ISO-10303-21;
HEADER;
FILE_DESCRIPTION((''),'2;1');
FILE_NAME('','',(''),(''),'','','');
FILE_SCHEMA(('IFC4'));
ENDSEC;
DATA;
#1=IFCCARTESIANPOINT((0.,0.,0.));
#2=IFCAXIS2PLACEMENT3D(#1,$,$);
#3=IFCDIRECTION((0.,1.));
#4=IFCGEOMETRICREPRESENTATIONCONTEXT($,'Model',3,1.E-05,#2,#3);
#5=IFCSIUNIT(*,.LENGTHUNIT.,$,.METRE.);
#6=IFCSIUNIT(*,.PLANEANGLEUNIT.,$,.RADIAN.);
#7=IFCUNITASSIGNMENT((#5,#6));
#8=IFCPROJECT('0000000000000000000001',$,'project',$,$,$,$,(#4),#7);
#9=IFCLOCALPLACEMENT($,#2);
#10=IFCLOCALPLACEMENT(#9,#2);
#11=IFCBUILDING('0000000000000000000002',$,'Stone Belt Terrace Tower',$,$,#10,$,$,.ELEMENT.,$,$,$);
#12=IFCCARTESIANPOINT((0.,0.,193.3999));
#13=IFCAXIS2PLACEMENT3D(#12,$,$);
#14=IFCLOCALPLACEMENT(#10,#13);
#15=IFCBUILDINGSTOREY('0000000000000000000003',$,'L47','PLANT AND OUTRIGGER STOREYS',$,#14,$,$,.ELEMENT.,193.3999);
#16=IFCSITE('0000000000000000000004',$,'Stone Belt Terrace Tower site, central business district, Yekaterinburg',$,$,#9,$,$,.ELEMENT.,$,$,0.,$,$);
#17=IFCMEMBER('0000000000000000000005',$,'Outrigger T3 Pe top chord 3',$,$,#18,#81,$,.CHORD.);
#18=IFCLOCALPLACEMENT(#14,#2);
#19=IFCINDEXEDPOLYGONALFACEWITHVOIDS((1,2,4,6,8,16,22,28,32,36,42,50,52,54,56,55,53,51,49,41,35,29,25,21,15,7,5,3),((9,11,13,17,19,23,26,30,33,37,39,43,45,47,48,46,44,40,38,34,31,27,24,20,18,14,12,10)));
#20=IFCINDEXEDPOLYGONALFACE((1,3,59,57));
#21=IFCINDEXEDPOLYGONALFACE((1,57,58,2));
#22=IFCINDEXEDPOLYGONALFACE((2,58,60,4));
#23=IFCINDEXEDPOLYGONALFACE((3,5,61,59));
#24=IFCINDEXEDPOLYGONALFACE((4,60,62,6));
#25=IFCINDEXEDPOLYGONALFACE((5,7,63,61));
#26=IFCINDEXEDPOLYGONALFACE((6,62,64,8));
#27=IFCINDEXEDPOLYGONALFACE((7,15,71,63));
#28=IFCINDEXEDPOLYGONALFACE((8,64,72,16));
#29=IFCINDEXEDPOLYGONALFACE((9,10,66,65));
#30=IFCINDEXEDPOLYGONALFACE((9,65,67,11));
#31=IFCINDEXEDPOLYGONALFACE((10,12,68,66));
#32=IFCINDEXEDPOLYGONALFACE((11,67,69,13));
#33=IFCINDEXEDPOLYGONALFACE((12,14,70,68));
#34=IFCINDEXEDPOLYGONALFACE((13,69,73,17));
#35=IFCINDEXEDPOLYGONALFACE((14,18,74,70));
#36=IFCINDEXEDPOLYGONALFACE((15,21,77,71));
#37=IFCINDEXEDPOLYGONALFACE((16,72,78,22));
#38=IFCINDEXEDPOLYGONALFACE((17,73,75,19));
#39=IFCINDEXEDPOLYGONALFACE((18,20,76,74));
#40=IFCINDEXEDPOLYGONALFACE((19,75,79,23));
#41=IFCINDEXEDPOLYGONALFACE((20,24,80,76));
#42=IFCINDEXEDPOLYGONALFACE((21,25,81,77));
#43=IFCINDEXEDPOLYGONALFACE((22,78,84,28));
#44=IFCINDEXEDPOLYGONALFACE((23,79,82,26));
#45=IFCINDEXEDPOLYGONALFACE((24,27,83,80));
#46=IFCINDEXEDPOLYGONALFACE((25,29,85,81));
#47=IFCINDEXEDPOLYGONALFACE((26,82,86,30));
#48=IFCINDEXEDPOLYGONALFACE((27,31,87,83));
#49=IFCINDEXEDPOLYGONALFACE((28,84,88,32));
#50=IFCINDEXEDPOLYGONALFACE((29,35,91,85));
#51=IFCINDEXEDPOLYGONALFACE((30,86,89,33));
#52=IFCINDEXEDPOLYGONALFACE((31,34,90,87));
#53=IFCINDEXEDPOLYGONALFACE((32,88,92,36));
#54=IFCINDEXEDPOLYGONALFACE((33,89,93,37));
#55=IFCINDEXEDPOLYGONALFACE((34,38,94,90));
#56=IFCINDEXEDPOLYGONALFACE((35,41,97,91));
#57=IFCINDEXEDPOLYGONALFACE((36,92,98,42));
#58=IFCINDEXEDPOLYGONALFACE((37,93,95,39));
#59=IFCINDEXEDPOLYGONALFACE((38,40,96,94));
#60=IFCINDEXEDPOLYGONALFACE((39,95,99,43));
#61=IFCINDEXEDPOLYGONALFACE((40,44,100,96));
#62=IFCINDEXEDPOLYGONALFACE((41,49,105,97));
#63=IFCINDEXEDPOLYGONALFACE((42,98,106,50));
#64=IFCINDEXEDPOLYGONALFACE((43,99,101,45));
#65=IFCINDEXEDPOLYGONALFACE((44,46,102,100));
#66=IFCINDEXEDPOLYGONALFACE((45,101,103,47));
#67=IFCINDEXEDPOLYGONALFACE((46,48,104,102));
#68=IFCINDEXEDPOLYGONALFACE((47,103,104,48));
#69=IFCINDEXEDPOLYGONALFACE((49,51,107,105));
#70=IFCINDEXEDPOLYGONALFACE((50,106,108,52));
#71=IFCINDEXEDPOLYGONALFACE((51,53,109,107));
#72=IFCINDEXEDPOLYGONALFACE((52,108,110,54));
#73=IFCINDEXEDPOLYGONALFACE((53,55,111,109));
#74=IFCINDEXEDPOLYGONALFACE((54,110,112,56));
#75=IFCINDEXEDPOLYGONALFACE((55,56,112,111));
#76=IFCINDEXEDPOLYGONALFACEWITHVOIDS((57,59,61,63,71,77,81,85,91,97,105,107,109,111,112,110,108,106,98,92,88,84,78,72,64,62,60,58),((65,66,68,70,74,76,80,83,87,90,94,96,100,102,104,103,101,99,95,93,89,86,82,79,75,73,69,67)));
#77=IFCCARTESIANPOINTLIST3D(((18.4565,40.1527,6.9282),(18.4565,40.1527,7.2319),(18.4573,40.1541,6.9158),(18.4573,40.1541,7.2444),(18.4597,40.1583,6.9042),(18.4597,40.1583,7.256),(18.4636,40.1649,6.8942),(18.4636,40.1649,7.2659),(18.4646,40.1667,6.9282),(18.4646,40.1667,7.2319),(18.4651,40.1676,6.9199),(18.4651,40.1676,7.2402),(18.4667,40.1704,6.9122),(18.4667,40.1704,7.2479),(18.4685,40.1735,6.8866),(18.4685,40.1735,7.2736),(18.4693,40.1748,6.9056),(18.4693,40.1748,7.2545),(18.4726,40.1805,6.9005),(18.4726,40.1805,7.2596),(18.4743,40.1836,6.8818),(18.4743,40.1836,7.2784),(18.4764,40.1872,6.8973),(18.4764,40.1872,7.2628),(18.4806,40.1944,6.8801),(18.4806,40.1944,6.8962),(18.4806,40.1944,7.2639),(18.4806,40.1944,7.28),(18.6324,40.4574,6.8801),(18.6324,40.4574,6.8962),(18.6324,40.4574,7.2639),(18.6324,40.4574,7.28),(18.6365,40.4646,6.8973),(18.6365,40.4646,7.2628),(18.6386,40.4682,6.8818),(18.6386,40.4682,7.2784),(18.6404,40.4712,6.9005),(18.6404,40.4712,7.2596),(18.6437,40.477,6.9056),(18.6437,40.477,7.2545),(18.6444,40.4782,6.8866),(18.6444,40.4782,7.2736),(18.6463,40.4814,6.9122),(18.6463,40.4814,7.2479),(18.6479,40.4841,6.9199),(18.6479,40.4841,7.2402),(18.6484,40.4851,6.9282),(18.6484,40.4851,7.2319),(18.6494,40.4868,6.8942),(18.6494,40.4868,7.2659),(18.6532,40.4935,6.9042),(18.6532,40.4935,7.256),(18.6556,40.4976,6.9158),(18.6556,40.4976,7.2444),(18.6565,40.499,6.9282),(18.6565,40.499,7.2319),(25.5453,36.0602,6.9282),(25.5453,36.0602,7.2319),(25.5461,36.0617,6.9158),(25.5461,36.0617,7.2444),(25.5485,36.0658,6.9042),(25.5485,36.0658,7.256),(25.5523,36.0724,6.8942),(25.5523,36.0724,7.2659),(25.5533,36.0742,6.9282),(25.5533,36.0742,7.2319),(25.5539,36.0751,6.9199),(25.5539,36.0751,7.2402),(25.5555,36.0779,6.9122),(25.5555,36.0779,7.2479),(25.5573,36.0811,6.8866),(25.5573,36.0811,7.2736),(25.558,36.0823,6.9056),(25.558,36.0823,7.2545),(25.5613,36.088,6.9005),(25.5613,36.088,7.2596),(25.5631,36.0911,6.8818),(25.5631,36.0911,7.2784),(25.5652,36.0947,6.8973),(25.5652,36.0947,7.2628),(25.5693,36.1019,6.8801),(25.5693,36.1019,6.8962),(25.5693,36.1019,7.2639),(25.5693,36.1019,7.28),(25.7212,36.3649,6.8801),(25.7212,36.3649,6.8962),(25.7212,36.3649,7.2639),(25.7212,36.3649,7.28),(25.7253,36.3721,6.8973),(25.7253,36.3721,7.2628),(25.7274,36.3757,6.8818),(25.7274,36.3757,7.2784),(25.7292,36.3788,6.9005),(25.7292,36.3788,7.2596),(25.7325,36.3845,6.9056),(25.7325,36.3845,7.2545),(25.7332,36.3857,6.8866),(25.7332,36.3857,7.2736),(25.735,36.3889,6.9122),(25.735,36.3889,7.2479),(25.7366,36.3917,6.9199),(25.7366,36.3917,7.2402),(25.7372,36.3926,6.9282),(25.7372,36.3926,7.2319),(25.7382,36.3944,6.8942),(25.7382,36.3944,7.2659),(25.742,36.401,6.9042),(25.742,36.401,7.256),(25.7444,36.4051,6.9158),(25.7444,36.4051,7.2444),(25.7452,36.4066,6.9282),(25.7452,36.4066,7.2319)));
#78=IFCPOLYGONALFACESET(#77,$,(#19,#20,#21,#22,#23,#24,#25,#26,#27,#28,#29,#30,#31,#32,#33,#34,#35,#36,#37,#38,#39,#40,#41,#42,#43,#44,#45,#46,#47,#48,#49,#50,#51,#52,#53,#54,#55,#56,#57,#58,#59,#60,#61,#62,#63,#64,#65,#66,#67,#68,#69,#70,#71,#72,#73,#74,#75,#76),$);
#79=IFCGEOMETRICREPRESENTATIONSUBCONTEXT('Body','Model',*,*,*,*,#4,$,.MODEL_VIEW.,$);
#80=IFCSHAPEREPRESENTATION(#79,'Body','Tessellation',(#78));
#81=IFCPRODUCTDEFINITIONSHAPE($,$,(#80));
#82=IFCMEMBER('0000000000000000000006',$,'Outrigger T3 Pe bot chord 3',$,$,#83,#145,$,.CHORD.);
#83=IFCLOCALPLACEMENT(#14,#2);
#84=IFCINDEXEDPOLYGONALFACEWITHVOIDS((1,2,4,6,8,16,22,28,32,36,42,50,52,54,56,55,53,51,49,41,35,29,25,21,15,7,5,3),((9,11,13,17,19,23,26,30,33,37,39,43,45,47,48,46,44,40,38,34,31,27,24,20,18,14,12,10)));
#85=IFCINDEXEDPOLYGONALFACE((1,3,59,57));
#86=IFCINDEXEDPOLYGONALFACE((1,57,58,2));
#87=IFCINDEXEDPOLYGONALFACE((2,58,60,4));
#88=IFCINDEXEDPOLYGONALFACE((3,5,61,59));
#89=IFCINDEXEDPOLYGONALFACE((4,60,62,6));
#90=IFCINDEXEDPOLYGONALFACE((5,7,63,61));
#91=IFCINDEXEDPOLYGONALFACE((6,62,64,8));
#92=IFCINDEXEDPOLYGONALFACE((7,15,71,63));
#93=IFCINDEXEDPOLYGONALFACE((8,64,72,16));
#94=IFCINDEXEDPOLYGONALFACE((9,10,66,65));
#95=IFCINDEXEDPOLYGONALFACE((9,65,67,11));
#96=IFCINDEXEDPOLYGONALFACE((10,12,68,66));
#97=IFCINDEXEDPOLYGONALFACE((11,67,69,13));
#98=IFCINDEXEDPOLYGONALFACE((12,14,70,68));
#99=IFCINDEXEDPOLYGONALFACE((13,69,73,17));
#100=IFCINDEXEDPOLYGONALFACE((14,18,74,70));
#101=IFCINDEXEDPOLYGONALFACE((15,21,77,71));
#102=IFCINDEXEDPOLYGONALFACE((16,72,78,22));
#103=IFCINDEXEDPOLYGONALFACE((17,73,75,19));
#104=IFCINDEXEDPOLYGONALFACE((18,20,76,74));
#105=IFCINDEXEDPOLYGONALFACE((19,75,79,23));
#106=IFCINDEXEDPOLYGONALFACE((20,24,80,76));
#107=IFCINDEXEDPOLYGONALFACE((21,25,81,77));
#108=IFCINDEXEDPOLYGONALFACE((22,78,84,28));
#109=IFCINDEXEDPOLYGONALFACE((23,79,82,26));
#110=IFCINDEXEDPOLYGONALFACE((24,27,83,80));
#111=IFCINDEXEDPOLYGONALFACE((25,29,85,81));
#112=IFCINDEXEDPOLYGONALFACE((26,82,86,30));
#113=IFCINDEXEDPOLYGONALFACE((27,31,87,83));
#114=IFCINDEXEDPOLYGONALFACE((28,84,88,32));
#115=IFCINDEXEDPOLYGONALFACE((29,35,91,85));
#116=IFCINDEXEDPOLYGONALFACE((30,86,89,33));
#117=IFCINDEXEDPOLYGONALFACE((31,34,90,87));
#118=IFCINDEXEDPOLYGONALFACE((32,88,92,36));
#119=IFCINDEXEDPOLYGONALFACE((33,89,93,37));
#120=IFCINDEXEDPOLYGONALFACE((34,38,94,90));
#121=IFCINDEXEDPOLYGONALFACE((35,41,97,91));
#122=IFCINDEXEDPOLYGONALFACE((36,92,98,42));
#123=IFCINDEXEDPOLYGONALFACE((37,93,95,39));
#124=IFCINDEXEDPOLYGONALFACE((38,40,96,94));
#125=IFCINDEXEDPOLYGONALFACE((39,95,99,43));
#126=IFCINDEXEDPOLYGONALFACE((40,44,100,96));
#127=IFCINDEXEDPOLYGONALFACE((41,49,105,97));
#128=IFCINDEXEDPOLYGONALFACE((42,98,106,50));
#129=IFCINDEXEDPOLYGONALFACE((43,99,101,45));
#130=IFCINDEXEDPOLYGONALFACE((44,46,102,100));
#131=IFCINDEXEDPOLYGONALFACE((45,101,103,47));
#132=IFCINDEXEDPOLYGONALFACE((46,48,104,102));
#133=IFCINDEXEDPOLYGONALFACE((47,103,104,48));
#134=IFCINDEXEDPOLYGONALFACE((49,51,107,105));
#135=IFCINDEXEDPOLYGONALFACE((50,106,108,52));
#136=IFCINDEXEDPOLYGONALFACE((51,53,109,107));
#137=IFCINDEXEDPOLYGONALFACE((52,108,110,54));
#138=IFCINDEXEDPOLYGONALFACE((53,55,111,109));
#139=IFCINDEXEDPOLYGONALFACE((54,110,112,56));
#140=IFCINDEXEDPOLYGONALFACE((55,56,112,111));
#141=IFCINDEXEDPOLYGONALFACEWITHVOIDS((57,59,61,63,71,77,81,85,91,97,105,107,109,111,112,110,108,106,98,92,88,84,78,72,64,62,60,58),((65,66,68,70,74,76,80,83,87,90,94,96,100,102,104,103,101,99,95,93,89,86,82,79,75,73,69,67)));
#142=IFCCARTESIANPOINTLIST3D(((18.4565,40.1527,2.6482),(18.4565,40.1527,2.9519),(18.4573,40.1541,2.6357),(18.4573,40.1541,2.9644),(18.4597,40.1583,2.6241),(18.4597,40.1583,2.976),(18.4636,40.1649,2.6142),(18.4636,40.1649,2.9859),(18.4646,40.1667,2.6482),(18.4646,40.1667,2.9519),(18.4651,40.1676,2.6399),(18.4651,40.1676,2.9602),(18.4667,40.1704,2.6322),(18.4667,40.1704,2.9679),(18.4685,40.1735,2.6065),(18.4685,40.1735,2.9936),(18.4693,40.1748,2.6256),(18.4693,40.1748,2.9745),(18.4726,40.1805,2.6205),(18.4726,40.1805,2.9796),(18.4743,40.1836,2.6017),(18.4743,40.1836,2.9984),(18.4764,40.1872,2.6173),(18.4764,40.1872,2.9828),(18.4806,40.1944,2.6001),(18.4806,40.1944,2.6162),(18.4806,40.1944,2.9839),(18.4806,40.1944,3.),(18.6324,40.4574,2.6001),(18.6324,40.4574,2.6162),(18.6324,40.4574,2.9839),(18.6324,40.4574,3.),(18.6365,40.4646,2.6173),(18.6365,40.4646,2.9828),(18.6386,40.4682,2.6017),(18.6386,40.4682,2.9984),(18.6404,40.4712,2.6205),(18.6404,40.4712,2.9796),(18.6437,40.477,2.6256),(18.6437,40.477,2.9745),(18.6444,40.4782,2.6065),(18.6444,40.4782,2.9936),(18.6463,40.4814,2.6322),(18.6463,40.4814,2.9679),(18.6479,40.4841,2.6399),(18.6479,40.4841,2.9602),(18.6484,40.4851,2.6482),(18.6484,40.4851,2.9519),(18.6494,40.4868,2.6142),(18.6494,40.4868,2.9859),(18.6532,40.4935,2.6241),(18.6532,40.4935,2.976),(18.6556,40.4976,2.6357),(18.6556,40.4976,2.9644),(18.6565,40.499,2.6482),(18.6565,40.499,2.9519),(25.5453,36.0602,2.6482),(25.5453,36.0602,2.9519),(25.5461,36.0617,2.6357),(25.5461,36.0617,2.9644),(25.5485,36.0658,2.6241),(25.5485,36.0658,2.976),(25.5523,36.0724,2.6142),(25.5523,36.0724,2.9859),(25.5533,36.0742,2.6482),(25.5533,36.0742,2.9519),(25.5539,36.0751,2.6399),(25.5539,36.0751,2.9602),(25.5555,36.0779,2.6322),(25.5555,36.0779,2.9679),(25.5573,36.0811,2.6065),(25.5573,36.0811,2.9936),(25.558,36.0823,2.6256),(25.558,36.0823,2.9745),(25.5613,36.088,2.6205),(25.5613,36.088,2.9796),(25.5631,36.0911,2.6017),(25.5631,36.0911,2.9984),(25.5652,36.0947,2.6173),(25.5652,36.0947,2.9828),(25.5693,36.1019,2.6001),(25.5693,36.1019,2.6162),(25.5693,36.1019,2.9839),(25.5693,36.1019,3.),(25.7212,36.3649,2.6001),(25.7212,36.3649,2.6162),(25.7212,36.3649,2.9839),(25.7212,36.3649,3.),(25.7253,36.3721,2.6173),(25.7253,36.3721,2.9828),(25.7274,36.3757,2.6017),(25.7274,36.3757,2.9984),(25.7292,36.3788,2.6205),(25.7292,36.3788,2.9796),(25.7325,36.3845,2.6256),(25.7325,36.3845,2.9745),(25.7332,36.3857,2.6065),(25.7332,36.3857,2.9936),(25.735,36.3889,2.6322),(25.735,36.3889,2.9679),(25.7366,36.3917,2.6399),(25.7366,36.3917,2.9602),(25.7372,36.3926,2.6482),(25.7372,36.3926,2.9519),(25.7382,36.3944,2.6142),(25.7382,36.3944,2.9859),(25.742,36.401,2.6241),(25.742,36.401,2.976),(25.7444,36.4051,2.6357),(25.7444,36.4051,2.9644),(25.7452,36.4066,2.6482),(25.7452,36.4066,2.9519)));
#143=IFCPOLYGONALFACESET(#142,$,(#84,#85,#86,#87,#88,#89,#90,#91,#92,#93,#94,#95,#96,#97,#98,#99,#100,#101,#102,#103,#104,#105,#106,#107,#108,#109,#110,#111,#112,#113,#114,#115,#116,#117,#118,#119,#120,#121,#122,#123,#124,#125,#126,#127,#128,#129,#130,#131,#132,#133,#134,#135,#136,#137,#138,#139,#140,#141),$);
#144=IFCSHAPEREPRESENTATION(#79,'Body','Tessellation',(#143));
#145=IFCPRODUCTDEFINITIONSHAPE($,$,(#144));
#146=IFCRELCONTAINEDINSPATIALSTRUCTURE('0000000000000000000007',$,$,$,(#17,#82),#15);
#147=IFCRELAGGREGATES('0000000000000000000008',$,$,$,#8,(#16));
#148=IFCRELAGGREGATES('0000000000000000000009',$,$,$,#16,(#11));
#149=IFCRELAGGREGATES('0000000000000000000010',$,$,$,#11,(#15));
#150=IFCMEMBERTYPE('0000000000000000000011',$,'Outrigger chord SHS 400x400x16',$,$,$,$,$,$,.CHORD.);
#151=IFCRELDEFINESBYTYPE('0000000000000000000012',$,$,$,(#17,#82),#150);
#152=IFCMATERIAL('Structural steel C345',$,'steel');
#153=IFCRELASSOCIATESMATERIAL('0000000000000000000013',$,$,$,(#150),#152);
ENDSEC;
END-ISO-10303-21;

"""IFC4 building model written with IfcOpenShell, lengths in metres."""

from ifc_helpers import new_model, si_unit, direction, frame, origin, origin_2d, place, context, subcontext, project, spatial, hollow_rectangle, extrude, material, material_profile, profile_set, type_object, element, save


model = new_model("IFC4")

# Units and contexts
model_context = context("Model", 3, precision=1e-05, world=origin(), true_north=direction((0.0, 1.0)))
body_context = subcontext(model_context, "Body", "Model", "MODEL_VIEW")
ifc_project = project(units=[si_unit("LENGTHUNIT", "METRE"), si_unit("PLANEANGLEUNIT", "RADIAN")], contexts=[model_context])

# Site, building, storey
site_placement = place(None, origin())
site = spatial("IfcSite", under=ifc_project, at=site_placement, Name="Stone Belt Terrace Tower site, central business district, Yekaterinburg", CompositionType="ELEMENT", RefElevation=0.0)
building_placement = place(site_placement, origin())
building = spatial("IfcBuilding", under=site, at=building_placement, Name="Stone Belt Terrace Tower", CompositionType="ELEMENT")
storey_placement = place(building_placement, frame((0.0, 0.0, 193.3999)))
storey = spatial("IfcBuildingStorey", under=building, at=storey_placement, Name="L47", Description="PLANT AND OUTRIGGER STOREYS", CompositionType="ELEMENT", Elevation=193.3999)

# Members
ifc_material_1 = material(Name="Structural steel C345", Category="steel")
ifc_material_profile_1 = material_profile(ifc_material_1, hollow_rectangle(XDim=0.3999, YDim=0.3999, WallThickness=0.0161, InnerFilletRadius=0.032, OuterFilletRadius=0.0481, at=origin_2d()), Name="SHS 400x400x16")
ifc_profile_set_1 = profile_set([ifc_material_profile_1], Name="Structural steel C345")
member_type_1 = type_object("IfcMemberType", Name="Outrigger chord SHS 400x400x16", PredefinedType="CHORD", material=ifc_profile_set_1)
for number, where, z_axis, x_axis, name in (
    (1, (25.6453, 36.2334, 7.0801), (-0.866038, 0.499979, 0.0), (-0.499979, -0.866038, 0.0), "Outrigger T3 Pe top chord 3"),
    (2, (25.6453, 36.2334, 2.8), (-0.866038, 0.499979, 0.0), (-0.499979, -0.866038, 0.0), "Outrigger T3 Pe bot chord 3"),
):
    element("IfcMember", number, at=place(storey_placement, frame(where, z_axis=z_axis, x_axis=x_axis)), inside=storey, type_object=member_type_1, Name=name, PredefinedType="CHORD", context=body_context, shape_type="SweptSolid", body=[
        extrude(hollow_rectangle(XDim=0.3999, YDim=0.3999, WallThickness=0.0161, InnerFilletRadius=0.032, OuterFilletRadius=0.0481, at=origin_2d()), origin(), (0.0, 0.0, 1.0), 8.1853),
    ])

save(model, "model.ifc")
